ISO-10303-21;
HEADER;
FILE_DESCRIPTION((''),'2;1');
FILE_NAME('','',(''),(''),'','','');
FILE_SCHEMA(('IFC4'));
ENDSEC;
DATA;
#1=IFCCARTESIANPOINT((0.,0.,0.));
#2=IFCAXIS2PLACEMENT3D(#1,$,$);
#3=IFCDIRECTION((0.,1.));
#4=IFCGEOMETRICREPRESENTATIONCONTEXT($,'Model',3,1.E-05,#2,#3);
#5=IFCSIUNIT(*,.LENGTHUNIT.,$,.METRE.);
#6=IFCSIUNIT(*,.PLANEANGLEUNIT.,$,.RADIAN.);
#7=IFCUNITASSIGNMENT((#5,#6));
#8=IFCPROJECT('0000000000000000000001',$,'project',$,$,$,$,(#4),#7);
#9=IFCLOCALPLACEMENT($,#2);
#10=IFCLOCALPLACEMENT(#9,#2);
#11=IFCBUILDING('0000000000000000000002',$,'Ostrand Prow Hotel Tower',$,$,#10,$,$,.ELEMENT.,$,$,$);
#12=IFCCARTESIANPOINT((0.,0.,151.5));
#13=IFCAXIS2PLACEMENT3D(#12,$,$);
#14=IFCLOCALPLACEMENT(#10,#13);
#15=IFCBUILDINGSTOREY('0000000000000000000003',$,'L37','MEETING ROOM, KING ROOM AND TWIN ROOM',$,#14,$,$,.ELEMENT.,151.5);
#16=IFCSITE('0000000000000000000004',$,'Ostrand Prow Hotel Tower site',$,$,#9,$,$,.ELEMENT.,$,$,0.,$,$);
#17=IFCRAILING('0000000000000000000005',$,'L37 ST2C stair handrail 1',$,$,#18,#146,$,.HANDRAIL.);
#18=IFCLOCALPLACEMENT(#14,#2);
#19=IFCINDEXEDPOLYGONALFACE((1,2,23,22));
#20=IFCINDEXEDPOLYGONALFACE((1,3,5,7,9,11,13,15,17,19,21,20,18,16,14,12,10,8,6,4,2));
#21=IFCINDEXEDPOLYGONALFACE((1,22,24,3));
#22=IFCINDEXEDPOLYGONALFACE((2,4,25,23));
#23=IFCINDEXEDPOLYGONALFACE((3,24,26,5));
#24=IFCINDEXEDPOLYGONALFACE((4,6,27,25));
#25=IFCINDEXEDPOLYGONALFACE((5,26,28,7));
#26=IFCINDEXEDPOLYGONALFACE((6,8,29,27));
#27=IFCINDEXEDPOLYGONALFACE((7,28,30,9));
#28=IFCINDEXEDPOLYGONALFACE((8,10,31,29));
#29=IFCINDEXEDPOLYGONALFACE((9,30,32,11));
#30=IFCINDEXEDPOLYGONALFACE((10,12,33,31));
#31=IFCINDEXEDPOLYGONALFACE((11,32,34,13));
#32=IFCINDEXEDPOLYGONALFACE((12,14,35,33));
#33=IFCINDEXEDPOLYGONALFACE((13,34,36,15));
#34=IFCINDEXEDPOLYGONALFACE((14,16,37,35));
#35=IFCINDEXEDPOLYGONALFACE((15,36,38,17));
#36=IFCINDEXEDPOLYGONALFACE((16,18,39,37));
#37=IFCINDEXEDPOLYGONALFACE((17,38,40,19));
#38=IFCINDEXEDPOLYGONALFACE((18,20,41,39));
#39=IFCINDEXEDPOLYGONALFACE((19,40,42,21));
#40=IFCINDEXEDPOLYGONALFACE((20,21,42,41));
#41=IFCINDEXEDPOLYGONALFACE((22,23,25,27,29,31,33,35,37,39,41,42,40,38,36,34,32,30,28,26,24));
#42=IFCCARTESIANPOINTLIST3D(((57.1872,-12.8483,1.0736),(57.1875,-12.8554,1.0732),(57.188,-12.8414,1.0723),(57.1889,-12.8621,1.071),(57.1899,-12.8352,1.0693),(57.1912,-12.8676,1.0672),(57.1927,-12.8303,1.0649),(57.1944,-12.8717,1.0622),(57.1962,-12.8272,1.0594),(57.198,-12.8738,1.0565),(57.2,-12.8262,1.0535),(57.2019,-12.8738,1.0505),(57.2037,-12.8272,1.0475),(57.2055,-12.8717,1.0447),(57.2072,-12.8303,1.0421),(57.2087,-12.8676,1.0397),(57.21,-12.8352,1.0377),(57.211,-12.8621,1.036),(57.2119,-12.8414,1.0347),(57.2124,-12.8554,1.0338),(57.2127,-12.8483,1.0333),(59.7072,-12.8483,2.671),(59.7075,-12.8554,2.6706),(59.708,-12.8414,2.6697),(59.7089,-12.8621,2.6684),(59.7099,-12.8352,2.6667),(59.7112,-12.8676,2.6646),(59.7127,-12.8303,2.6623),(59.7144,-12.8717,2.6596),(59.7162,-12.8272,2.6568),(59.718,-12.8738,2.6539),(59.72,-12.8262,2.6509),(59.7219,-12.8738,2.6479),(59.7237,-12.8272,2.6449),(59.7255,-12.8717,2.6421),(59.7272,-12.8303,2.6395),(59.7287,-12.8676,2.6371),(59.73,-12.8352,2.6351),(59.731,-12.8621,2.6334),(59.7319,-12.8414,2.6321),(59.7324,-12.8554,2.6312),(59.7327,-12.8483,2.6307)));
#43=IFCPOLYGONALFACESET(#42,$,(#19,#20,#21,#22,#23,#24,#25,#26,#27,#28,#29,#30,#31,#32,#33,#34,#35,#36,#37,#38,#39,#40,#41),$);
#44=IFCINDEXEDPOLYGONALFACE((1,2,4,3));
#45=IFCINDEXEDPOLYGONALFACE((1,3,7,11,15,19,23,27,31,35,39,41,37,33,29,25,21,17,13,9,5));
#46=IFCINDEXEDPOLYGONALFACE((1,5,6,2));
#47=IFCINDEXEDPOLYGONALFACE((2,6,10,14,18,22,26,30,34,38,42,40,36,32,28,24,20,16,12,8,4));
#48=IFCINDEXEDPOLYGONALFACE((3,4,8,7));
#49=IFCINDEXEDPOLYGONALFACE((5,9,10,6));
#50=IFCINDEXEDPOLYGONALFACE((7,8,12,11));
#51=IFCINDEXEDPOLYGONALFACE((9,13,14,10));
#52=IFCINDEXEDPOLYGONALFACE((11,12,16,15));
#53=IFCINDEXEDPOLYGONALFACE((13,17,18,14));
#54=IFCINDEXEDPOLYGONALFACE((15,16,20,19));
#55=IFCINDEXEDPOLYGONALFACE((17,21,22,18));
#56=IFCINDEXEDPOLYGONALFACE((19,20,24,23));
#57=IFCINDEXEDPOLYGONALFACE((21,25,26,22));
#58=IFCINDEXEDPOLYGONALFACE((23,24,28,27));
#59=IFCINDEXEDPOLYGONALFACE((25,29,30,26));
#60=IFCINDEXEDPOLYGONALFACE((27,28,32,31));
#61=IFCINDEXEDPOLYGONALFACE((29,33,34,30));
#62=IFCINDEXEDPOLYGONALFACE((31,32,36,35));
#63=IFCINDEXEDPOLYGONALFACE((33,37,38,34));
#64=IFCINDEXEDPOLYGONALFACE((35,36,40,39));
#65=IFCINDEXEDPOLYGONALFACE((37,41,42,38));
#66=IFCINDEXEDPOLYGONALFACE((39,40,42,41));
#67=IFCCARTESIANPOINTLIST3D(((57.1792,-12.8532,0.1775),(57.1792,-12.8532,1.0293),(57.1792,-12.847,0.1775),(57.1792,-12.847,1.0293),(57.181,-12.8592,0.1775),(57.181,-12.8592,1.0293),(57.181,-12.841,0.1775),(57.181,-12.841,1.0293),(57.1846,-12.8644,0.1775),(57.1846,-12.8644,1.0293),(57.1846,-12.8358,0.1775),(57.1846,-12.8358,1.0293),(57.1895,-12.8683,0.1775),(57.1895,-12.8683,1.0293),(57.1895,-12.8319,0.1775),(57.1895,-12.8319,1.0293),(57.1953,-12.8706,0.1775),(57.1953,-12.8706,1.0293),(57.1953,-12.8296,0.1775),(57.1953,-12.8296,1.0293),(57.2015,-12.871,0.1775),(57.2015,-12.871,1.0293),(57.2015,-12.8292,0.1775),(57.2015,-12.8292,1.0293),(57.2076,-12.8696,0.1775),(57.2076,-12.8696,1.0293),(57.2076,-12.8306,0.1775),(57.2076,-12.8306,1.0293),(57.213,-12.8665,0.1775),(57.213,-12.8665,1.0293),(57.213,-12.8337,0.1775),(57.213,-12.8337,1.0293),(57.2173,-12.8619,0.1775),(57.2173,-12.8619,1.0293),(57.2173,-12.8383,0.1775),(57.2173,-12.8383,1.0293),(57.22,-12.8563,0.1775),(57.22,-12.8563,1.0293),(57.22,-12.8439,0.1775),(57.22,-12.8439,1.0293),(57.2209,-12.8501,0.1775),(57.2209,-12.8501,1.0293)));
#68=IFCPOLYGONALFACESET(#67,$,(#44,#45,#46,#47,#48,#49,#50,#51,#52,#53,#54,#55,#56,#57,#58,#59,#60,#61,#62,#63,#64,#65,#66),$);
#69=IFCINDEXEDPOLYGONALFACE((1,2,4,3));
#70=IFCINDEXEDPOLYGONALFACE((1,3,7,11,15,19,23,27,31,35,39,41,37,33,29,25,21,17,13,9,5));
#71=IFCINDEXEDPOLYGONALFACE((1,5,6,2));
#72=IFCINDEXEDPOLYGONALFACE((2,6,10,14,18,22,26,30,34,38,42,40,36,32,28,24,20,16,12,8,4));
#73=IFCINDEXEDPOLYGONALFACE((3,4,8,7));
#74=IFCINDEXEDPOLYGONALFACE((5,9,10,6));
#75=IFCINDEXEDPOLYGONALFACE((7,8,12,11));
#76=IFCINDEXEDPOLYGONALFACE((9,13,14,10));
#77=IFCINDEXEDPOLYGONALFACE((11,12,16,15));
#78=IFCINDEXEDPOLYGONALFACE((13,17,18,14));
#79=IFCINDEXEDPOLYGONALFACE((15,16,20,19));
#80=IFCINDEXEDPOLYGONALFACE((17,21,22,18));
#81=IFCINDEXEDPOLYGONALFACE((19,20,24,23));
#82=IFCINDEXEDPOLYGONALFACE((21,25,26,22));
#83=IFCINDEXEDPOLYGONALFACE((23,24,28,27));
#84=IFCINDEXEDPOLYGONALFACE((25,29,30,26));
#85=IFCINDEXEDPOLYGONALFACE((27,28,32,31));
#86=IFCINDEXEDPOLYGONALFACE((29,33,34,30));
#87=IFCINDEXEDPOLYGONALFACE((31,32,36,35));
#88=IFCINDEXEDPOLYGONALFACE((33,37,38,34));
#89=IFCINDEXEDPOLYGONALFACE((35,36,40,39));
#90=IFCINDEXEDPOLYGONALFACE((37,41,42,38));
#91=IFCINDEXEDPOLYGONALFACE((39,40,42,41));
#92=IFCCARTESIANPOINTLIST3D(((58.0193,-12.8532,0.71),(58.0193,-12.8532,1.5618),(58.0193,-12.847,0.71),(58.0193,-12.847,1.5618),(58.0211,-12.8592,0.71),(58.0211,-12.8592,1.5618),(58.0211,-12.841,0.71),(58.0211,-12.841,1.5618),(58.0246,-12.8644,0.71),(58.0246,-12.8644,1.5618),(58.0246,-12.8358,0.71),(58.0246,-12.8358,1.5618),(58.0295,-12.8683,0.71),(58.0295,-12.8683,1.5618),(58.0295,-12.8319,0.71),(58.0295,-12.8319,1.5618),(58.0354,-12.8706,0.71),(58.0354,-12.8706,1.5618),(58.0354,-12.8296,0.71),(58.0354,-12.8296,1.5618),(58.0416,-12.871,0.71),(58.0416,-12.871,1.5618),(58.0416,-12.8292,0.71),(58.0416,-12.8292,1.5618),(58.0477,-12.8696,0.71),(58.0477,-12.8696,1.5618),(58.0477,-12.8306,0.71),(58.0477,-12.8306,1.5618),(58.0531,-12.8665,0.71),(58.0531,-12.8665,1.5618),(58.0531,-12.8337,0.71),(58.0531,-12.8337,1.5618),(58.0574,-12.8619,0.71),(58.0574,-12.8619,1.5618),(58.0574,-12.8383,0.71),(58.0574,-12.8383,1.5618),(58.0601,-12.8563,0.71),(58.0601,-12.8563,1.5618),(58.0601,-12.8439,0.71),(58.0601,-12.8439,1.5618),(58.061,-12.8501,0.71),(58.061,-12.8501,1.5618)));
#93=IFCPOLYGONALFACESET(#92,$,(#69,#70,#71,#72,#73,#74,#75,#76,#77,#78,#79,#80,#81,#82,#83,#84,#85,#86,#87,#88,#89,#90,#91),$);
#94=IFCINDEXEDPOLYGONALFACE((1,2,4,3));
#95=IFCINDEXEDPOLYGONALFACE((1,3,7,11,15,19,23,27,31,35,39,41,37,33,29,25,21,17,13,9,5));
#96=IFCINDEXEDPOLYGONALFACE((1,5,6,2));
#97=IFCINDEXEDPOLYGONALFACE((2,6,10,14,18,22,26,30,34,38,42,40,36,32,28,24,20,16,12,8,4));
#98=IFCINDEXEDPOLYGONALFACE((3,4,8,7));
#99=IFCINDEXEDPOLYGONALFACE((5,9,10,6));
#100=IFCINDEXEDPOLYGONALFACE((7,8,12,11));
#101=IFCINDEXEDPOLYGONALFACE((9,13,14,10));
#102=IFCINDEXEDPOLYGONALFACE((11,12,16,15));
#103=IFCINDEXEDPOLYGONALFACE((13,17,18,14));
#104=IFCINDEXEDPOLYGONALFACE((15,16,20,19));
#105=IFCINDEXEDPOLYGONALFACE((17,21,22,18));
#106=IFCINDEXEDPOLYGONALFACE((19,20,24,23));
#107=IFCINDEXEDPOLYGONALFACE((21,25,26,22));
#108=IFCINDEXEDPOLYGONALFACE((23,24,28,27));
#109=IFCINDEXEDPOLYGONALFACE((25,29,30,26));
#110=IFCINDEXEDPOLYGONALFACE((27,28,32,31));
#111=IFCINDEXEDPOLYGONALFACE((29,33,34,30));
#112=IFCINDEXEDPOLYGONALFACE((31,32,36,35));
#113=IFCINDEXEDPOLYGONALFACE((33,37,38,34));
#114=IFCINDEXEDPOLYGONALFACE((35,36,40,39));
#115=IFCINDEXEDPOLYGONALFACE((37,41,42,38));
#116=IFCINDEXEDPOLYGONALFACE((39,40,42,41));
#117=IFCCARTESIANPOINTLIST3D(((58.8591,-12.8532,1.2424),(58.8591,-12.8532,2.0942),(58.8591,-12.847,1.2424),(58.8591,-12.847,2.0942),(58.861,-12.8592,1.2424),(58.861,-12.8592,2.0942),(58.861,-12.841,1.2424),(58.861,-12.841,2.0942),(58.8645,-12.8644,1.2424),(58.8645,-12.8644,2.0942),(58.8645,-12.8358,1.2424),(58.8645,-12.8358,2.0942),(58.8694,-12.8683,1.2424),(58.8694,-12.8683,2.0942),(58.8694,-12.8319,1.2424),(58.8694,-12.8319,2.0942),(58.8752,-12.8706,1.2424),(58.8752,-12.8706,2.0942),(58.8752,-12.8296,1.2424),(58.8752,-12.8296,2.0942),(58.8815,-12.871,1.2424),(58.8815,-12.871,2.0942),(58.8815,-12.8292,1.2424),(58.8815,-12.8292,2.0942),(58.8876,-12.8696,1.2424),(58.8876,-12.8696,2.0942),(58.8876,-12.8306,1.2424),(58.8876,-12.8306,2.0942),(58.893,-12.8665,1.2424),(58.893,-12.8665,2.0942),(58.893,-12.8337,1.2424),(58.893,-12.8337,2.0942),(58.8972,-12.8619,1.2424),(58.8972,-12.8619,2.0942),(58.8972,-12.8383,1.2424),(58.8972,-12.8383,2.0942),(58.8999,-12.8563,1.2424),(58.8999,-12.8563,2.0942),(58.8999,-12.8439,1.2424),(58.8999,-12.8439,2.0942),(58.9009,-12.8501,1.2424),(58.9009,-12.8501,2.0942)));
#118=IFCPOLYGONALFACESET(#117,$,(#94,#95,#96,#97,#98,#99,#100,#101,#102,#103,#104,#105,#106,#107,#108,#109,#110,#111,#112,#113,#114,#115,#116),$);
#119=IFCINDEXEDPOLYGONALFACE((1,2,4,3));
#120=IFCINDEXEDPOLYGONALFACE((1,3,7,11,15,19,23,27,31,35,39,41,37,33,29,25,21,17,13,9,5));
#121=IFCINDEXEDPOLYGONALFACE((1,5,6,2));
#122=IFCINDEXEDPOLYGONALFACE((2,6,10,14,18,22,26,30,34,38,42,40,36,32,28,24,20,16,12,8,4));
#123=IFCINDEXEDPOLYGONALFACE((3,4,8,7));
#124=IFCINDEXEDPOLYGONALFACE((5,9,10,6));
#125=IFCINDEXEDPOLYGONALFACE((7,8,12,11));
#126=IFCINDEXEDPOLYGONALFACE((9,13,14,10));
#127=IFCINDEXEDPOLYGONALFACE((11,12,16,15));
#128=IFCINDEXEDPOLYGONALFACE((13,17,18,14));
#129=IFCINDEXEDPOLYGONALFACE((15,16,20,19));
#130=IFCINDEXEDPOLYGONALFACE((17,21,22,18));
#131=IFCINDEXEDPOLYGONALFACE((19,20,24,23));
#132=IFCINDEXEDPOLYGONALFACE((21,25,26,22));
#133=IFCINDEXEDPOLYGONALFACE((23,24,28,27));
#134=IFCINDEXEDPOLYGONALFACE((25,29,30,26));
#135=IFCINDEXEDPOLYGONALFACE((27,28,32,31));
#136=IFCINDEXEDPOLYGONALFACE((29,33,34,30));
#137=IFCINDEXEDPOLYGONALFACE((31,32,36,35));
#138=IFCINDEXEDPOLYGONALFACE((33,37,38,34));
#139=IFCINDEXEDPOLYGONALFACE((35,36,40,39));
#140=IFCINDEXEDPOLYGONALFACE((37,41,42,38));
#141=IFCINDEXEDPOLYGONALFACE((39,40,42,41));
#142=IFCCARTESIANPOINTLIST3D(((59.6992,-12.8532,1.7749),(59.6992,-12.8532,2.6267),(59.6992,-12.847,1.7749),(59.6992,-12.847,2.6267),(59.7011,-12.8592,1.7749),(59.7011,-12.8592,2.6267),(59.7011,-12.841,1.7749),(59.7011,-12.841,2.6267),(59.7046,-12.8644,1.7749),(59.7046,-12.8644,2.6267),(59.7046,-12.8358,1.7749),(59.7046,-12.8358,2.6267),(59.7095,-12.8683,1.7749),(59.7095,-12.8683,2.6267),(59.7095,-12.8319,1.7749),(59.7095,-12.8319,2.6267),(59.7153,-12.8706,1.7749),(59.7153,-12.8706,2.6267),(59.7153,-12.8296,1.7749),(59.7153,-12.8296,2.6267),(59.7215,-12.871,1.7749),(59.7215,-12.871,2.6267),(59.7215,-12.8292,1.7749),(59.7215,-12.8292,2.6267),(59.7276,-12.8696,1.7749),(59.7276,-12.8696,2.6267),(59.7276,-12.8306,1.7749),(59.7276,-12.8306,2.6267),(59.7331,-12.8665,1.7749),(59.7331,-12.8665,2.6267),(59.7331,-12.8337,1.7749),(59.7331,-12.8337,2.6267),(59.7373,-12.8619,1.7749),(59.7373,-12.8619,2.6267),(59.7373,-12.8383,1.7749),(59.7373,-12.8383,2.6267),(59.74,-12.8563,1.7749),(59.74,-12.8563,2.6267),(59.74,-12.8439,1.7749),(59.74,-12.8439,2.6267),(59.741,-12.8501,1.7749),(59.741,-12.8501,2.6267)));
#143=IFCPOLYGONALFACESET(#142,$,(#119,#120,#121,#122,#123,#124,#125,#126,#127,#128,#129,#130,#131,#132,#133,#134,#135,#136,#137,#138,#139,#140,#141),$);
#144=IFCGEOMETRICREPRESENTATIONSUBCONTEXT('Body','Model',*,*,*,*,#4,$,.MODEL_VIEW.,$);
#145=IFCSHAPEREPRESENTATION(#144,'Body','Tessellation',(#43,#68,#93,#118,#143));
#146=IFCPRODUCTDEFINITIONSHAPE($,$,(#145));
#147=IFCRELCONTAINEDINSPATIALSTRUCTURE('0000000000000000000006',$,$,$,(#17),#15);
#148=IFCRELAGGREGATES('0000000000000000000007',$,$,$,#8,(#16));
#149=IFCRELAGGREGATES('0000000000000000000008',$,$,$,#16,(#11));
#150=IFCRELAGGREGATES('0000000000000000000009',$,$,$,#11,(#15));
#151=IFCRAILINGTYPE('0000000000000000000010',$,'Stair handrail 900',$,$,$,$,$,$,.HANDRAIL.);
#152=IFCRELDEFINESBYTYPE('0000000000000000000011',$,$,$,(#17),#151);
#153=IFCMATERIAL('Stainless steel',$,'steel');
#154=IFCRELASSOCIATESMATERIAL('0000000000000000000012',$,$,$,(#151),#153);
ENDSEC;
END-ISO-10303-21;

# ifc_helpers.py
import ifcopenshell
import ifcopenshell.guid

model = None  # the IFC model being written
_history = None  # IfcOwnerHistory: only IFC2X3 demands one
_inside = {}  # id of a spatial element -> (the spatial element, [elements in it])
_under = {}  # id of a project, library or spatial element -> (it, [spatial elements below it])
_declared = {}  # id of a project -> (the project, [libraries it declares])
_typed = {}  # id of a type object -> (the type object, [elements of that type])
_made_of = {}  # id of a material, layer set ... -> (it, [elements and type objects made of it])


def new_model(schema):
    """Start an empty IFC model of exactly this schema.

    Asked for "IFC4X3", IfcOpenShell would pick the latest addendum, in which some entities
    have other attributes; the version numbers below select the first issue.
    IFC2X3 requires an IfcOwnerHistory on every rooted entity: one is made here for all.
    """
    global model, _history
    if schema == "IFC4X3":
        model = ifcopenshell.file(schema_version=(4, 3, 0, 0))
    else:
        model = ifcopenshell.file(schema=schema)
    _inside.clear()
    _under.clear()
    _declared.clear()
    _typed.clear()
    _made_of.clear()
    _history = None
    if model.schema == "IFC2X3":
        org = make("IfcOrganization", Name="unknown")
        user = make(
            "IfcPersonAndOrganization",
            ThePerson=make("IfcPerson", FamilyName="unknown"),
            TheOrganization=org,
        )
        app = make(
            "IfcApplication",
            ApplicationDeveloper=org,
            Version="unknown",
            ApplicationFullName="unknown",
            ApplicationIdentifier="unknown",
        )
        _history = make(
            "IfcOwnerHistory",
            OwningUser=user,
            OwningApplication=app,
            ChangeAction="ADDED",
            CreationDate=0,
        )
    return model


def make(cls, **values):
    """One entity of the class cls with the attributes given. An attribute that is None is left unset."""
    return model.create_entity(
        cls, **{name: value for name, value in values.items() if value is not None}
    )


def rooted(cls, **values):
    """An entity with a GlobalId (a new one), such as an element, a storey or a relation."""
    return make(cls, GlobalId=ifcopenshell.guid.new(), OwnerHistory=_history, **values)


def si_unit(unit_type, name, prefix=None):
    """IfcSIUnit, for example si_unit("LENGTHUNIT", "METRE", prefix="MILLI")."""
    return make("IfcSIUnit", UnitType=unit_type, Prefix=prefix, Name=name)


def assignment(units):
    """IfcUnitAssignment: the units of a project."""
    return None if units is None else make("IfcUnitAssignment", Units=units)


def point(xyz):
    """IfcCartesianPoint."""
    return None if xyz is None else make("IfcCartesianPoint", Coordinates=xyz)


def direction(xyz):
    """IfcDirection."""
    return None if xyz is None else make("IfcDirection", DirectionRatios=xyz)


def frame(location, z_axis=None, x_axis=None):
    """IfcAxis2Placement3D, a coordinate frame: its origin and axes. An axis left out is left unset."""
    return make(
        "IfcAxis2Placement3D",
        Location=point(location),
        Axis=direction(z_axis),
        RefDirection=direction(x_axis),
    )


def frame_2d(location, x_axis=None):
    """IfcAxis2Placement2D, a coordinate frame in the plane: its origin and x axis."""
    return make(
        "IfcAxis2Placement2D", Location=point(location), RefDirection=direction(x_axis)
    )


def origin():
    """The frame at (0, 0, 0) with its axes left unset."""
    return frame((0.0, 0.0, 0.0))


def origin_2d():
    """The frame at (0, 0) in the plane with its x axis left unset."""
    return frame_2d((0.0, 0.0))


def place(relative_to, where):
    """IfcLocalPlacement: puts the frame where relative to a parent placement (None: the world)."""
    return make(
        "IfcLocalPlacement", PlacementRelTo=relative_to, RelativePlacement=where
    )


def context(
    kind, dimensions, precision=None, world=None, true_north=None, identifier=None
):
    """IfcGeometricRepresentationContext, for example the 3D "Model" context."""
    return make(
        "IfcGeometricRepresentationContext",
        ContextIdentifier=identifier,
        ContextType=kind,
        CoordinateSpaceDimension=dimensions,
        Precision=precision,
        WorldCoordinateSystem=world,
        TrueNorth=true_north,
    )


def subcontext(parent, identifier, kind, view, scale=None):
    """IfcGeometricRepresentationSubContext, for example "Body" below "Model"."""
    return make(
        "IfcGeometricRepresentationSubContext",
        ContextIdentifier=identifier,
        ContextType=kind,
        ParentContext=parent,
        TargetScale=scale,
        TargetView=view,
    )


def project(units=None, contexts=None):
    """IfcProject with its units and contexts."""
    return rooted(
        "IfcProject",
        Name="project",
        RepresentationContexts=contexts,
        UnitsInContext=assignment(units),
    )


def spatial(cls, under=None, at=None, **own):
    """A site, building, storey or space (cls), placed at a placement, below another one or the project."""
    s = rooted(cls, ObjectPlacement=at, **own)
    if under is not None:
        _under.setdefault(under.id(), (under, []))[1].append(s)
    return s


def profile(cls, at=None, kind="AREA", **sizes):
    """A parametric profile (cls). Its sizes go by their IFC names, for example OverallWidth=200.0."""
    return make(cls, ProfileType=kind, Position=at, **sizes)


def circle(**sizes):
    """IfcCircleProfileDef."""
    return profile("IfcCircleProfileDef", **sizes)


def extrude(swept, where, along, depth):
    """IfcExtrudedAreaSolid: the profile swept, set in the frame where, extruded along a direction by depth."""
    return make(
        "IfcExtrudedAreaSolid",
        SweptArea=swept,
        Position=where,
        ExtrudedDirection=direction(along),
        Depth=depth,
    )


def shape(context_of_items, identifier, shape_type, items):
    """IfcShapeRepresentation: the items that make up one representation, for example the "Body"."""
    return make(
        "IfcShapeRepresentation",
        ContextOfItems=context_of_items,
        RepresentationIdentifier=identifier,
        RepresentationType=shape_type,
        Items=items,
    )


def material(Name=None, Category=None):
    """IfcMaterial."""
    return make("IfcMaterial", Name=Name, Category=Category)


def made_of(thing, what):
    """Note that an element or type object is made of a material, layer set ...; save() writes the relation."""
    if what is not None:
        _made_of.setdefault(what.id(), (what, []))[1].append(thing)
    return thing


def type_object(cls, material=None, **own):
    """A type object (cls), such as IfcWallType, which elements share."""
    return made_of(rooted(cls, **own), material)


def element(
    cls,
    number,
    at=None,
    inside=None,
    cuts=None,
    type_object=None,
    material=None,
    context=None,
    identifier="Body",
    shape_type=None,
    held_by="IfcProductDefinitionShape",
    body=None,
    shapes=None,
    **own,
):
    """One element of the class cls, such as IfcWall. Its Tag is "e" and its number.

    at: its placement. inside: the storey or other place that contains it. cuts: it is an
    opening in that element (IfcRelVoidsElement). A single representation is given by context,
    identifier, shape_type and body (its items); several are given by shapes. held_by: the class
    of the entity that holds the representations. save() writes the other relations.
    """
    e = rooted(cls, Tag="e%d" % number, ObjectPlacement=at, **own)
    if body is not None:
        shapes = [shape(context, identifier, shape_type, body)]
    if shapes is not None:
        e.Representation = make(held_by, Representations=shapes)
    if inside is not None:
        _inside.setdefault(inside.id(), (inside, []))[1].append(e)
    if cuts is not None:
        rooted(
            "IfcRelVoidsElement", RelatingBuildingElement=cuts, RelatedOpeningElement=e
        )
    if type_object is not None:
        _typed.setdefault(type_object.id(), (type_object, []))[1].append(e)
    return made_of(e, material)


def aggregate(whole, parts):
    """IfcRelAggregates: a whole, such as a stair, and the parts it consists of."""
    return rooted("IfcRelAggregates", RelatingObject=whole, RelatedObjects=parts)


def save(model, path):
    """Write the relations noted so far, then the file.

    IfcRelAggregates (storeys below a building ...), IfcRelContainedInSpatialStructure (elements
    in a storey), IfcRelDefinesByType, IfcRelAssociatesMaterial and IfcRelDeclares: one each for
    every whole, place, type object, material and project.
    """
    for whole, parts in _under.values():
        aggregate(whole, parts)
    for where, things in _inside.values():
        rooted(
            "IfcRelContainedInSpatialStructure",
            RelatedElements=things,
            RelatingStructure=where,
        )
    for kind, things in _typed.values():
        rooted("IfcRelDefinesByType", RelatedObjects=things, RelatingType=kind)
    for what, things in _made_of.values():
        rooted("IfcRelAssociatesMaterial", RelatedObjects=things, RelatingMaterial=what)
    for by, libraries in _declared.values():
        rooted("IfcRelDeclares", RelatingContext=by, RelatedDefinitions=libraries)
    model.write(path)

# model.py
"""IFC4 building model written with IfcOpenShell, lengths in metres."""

from ifc_helpers import new_model, si_unit, direction, frame, origin, origin_2d, place, context, subcontext, project, spatial, circle, extrude, material, type_object, element, save


model = new_model("IFC4")

# Units and contexts
model_context = context("Model", 3, precision=1e-05, world=origin(), true_north=direction((0.0, 1.0)))
body_context = subcontext(model_context, "Body", "Model", "MODEL_VIEW")
ifc_project = project(units=[si_unit("LENGTHUNIT", "METRE"), si_unit("PLANEANGLEUNIT", "RADIAN")], contexts=[model_context])

# Site, building, storey
site_placement = place(None, origin())
site = spatial("IfcSite", under=ifc_project, at=site_placement, Name="Ostrand Prow Hotel Tower site", CompositionType="ELEMENT", RefElevation=0.0)
building_placement = place(site_placement, origin())
building = spatial("IfcBuilding", under=site, at=building_placement, Name="Ostrand Prow Hotel Tower", CompositionType="ELEMENT")
storey_placement = place(building_placement, frame((0.0, 0.0, 151.5)))
storey = spatial("IfcBuildingStorey", under=building, at=storey_placement, Name="L37", Description="MEETING ROOM, KING ROOM AND TWIN ROOM", CompositionType="ELEMENT", Elevation=151.5)

# Railing
ifc_material_1 = material(Name="Stainless steel", Category="steel")
railing_type = type_object("IfcRailingType", Name="Stair handrail 900", PredefinedType="HANDRAIL", material=ifc_material_1)
railing_placement = place(storey_placement, frame((57.2, -12.8501, 0.1775)))
element("IfcRailing", 1, at=railing_placement, inside=storey, type_object=railing_type, Name="L37 ST2C stair handrail 1", PredefinedType="HANDRAIL", context=body_context, shape_type="SweptSolid", body=[
    extrude(circle(Radius=0.0239, at=origin_2d()), frame((0.0, 0.0, 0.876), z_axis=(0.844607, 0.0, 0.535387), x_axis=(0.0, 1.0, 0.0)), (0.0, 0.0, 1.0), 2.9836),
    extrude(circle(Radius=0.021, at=origin_2d()), origin(), (0.0, 0.0, 1.0), 0.8518),
    extrude(circle(Radius=0.021, at=origin_2d()), frame((0.8401, 0.0, 0.5325)), (0.0, 0.0, 1.0), 0.8518),
    extrude(circle(Radius=0.021, at=origin_2d()), frame((1.6799, 0.0, 1.0649)), (0.0, 0.0, 1.0), 0.8518),
    extrude(circle(Radius=0.021, at=origin_2d()), frame((2.52, 0.0, 1.5974)), (0.0, 0.0, 1.0), 0.8518),
])

save(model, "model.ifc")
